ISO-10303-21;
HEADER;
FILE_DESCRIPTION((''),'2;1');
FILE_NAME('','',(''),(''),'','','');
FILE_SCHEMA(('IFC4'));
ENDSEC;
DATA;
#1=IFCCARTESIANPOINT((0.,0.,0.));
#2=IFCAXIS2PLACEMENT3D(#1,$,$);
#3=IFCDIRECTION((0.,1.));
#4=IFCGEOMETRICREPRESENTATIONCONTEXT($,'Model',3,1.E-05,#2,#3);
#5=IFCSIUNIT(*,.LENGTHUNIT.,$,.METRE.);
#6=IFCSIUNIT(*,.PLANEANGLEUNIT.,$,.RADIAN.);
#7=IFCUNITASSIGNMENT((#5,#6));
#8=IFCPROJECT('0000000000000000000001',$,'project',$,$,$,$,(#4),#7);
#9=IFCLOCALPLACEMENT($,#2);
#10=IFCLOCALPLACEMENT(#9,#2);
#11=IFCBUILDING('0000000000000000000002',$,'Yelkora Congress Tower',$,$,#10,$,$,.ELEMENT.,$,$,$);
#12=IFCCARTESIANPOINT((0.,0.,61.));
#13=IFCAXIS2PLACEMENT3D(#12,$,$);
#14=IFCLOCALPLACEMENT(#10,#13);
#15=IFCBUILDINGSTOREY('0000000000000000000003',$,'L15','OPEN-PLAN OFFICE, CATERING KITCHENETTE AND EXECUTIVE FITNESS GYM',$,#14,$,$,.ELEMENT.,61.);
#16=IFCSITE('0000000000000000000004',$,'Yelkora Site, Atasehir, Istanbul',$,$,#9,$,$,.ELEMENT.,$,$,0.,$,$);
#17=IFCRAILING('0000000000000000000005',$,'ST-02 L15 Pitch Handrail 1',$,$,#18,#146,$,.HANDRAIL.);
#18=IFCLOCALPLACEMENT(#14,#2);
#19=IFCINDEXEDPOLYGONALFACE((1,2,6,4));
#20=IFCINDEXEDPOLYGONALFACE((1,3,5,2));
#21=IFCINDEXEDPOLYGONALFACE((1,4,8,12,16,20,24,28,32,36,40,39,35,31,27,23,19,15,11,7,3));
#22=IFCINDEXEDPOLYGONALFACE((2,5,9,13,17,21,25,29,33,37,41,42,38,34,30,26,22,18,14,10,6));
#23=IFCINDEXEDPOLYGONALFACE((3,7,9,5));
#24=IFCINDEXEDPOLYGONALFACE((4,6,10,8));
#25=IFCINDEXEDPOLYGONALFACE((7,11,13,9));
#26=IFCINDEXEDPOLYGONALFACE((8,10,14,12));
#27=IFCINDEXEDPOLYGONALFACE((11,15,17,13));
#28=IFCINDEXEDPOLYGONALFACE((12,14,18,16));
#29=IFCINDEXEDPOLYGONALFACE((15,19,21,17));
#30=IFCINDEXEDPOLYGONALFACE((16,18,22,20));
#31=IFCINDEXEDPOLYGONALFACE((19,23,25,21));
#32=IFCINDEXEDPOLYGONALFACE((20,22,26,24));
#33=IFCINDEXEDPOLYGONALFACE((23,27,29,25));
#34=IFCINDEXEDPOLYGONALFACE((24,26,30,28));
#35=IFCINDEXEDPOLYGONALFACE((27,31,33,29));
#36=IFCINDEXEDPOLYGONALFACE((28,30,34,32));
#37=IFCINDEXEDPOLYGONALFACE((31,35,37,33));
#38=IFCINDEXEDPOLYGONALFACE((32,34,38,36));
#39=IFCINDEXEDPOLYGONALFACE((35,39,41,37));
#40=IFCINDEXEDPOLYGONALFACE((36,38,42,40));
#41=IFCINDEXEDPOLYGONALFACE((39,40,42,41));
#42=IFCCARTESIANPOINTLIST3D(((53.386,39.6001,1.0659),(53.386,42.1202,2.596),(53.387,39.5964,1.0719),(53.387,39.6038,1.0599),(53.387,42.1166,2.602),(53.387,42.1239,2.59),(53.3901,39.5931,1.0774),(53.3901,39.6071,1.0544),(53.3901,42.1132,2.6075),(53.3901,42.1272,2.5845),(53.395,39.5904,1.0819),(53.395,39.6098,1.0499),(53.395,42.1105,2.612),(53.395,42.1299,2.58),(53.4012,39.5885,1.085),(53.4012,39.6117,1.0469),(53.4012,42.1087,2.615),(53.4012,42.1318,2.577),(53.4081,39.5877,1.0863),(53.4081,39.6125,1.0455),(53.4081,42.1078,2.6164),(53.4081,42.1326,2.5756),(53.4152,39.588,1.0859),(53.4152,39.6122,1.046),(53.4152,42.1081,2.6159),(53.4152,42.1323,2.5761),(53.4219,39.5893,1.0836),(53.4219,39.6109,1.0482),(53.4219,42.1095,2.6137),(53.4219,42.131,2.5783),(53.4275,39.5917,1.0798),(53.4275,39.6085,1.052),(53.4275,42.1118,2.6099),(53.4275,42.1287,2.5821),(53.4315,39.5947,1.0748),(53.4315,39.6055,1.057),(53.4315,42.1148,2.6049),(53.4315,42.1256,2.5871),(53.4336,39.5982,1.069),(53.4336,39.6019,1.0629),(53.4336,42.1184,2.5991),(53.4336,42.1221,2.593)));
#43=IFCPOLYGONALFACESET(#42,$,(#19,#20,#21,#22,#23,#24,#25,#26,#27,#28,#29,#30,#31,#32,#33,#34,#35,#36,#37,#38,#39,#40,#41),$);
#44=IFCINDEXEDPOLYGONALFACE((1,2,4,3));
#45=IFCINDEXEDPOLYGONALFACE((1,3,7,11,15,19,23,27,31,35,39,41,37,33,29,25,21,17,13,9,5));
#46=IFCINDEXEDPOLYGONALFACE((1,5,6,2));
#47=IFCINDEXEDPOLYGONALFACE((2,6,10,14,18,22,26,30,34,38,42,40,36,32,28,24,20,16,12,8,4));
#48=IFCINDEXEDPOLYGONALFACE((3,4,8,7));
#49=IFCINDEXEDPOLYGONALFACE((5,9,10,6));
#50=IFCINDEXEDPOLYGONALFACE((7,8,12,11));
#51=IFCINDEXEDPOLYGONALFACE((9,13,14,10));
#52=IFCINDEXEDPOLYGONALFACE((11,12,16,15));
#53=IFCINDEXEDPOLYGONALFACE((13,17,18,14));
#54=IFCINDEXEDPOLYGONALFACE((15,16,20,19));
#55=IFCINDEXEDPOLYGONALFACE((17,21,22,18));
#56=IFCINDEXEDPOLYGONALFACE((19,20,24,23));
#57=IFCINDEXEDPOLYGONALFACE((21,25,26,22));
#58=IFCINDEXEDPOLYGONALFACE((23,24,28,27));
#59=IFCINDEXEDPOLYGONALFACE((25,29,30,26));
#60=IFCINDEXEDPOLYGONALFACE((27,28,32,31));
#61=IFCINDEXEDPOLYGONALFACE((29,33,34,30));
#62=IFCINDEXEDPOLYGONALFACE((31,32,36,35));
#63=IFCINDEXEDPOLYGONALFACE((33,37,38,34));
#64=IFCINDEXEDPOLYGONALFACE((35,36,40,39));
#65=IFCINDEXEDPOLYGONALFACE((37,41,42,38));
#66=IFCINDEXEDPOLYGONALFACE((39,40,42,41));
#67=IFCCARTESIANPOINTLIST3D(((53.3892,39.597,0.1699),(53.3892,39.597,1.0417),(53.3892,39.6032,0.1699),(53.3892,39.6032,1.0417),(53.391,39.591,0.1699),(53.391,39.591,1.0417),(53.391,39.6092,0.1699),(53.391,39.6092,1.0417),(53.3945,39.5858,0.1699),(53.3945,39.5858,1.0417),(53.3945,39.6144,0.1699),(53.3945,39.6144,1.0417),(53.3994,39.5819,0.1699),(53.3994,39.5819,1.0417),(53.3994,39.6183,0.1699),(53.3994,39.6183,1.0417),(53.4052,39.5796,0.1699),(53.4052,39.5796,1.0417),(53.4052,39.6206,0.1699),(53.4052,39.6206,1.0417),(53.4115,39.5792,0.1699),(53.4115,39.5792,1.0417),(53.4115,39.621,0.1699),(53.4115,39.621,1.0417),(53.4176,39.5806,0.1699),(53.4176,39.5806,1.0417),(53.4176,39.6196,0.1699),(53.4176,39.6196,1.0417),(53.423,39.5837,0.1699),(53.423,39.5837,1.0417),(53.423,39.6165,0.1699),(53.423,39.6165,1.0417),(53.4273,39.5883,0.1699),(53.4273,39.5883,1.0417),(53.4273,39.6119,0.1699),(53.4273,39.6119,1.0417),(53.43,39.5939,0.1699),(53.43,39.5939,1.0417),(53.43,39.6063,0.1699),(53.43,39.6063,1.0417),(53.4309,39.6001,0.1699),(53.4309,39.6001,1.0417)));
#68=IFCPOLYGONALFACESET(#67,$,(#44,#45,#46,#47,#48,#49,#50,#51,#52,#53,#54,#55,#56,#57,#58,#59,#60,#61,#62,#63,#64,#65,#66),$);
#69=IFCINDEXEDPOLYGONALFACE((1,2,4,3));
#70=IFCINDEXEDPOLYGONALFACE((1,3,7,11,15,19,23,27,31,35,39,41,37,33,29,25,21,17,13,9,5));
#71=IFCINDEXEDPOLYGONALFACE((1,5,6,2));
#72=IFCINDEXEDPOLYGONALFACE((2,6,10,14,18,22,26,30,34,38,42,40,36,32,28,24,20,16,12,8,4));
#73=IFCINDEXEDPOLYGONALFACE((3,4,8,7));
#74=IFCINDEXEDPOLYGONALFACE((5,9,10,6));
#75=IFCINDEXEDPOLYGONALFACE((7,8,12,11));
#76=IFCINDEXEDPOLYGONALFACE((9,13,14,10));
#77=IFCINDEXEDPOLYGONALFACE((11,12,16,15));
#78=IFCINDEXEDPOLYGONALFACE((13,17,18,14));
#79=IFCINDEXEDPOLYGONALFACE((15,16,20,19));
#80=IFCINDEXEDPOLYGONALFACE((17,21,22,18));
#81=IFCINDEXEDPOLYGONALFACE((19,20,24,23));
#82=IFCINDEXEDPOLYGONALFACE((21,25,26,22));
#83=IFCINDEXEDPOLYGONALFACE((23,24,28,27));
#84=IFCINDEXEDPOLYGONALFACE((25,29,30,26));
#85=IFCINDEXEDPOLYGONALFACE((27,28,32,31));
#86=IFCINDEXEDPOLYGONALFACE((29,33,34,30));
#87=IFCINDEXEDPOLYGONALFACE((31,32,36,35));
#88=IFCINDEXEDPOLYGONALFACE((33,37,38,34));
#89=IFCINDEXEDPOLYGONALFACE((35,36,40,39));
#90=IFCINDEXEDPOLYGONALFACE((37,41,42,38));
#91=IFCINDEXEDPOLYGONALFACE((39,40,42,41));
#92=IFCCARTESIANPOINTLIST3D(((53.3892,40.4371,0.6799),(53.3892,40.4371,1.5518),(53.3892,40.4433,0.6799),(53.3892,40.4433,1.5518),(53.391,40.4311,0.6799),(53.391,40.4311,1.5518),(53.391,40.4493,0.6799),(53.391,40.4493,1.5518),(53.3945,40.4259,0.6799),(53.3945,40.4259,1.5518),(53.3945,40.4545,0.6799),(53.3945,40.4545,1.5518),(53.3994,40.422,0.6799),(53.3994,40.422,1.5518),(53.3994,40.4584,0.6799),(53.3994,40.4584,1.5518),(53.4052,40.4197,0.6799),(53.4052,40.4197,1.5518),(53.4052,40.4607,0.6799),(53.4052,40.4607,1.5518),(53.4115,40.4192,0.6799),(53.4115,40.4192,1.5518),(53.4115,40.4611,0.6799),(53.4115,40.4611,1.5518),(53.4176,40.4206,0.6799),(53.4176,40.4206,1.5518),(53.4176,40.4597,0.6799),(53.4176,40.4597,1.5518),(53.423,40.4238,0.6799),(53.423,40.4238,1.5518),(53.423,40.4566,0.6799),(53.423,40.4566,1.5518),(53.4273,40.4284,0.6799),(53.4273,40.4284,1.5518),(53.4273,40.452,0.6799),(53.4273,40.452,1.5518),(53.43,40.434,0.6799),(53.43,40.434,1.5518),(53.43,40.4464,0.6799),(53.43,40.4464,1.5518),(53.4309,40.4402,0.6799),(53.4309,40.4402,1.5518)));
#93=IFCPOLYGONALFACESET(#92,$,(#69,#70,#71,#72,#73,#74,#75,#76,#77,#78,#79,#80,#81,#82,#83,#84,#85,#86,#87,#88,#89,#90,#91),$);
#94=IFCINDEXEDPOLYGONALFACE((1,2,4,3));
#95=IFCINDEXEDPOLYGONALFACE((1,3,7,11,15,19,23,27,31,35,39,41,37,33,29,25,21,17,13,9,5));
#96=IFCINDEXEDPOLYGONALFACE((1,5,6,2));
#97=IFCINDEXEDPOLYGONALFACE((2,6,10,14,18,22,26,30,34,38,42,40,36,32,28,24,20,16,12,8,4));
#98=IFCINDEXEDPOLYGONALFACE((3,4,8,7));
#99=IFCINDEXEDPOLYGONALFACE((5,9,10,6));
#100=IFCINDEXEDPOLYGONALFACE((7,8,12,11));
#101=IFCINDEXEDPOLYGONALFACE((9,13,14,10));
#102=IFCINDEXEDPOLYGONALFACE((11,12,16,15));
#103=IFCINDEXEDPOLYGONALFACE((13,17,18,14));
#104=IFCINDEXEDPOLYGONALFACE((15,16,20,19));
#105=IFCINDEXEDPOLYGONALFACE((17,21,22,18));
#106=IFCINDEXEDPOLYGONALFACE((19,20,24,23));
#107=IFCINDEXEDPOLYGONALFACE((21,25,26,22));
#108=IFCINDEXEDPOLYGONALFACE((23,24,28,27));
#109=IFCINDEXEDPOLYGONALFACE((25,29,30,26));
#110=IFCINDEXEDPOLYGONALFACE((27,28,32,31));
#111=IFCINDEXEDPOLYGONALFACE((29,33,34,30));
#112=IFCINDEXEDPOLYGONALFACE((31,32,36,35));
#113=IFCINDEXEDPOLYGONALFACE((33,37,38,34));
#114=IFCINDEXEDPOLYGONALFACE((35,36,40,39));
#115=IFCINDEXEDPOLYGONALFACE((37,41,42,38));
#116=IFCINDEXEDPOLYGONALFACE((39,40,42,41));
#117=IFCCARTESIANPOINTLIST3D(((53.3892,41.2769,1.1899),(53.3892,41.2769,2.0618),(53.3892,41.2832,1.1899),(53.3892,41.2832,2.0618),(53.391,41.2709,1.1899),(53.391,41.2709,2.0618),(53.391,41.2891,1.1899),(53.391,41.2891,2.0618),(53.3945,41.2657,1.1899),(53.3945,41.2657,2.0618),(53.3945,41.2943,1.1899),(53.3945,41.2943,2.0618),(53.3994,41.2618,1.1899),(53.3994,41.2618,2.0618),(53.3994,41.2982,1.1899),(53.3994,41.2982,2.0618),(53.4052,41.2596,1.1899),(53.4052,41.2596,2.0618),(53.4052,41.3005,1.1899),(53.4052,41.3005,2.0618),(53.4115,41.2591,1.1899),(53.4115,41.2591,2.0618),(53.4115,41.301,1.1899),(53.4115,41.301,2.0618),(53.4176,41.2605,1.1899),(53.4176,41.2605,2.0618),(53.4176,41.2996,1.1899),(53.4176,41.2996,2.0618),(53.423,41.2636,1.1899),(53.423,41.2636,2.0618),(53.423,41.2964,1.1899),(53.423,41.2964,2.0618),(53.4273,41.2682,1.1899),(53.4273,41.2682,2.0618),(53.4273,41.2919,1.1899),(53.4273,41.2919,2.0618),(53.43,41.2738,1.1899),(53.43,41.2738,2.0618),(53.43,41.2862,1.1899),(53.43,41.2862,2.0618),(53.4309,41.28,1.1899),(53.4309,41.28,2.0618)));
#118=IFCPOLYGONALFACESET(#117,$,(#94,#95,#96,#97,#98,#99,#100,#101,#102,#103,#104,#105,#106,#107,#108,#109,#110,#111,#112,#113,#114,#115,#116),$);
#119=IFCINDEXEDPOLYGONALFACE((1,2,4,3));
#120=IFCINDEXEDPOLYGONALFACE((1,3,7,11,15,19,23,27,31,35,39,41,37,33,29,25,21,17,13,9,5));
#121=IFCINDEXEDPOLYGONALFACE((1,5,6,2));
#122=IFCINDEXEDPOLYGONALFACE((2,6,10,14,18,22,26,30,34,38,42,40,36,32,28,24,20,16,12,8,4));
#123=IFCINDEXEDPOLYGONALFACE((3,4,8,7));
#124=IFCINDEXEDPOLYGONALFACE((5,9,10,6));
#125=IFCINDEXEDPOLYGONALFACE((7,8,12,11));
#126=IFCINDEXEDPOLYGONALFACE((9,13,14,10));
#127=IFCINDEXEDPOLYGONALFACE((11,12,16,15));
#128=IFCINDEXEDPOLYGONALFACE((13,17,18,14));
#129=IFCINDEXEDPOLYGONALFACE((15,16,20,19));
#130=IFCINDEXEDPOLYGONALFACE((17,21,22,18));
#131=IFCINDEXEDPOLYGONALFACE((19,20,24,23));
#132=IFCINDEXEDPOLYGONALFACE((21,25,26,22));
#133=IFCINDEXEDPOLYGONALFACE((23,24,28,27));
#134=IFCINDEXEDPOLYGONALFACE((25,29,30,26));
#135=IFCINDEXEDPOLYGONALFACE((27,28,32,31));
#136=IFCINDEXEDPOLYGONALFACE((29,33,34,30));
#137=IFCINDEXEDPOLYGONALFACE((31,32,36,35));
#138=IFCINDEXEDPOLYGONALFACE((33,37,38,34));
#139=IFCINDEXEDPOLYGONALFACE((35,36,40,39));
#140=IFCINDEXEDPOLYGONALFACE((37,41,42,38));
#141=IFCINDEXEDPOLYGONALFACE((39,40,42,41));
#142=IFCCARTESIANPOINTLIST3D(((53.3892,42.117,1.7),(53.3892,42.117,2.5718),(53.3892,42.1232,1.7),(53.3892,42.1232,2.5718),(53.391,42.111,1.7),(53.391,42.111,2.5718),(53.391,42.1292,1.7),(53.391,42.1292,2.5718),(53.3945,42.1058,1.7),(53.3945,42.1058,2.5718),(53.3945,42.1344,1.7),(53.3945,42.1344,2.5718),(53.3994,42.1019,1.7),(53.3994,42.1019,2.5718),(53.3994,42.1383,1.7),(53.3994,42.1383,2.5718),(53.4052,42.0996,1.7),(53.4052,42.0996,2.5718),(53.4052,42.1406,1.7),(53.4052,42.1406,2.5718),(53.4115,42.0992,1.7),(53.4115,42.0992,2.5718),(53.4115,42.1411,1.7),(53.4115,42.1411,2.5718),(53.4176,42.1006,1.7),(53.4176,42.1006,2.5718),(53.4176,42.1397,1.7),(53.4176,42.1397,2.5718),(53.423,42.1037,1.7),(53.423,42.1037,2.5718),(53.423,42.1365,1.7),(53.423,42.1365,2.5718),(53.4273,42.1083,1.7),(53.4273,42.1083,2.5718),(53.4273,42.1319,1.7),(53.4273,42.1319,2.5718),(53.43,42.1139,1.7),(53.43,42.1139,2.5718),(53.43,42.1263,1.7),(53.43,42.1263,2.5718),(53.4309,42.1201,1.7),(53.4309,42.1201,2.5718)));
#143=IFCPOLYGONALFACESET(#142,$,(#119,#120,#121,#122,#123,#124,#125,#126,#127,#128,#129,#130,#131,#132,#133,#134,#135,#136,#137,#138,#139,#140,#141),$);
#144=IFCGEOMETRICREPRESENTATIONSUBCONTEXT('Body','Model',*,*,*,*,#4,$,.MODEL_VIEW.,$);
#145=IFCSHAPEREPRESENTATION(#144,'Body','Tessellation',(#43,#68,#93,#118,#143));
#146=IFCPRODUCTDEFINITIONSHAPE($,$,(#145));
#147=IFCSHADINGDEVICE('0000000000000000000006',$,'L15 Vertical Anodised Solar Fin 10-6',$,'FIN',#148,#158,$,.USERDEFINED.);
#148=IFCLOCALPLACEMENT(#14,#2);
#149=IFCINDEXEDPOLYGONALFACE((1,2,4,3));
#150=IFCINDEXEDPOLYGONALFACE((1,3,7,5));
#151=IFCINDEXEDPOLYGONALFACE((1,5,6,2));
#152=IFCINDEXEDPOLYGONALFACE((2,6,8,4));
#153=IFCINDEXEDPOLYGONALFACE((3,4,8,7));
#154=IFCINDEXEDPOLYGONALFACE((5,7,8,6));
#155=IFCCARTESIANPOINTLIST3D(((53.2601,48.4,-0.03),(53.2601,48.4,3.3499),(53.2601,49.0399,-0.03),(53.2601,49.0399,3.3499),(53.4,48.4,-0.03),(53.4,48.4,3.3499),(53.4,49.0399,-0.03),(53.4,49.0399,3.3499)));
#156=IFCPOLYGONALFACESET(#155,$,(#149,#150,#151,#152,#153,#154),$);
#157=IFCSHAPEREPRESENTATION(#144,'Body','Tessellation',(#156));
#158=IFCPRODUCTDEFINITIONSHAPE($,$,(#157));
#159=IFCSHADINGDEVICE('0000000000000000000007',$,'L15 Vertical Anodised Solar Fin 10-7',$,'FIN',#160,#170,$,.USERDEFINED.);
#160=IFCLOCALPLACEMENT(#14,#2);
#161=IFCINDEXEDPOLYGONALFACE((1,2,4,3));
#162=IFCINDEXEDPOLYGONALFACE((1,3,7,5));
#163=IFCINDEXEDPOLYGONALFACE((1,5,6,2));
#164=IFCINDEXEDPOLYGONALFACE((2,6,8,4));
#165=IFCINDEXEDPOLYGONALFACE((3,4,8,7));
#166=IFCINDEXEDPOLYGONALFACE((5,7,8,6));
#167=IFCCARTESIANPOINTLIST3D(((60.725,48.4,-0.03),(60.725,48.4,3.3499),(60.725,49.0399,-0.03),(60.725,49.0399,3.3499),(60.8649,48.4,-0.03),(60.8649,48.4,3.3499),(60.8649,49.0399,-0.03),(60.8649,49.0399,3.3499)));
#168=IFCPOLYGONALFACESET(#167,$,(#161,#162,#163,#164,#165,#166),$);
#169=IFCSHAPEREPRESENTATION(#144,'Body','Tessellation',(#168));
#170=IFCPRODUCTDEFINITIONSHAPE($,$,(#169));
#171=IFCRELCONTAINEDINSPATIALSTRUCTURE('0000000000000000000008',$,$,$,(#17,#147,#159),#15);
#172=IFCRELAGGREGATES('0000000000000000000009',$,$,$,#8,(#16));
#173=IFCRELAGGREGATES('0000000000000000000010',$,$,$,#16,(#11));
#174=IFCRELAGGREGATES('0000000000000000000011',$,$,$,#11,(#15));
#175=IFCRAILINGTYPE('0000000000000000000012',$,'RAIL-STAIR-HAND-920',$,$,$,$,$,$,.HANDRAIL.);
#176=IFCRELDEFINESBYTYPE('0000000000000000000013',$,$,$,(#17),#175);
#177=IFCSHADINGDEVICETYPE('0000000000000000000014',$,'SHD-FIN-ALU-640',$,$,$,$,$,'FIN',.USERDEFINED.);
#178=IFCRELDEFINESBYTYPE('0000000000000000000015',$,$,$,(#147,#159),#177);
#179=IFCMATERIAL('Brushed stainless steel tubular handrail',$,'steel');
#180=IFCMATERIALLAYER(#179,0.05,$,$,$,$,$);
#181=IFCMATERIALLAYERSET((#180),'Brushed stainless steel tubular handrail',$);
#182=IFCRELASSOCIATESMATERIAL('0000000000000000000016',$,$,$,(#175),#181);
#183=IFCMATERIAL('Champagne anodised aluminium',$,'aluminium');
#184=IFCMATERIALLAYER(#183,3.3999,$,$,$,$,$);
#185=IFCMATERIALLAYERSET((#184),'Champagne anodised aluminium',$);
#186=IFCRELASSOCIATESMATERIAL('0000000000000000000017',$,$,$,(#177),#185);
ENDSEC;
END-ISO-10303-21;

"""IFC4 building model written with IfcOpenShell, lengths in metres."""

from ifc_helpers import new_model, si_unit, direction, frame, origin, origin_2d, place, context, subcontext, project, spatial, rectangle, circle, extrude, material, layer, layer_set, type_object, element, save


model = new_model("IFC4")

# Units and contexts
model_context = context("Model", 3, precision=1e-05, world=origin(), true_north=direction((0.0, 1.0)))
body_context = subcontext(model_context, "Body", "Model", "MODEL_VIEW")
ifc_project = project(units=[si_unit("LENGTHUNIT", "METRE"), si_unit("PLANEANGLEUNIT", "RADIAN")], contexts=[model_context])

# Site, building, storey
site_placement = place(None, origin())
site = spatial("IfcSite", under=ifc_project, at=site_placement, Name="Yelkora Site, Atasehir, Istanbul", CompositionType="ELEMENT", RefElevation=0.0)
building_placement = place(site_placement, origin())
building = spatial("IfcBuilding", under=site, at=building_placement, Name="Yelkora Congress Tower", CompositionType="ELEMENT")
storey_placement = place(building_placement, frame((0.0, 0.0, 61.0)))
storey = spatial("IfcBuildingStorey", under=building, at=storey_placement, Name="L15", Description="OPEN-PLAN OFFICE, CATERING KITCHENETTE AND EXECUTIVE FITNESS GYM", CompositionType="ELEMENT", Elevation=61.0)

# Railing
ifc_material_1 = material(Name="Brushed stainless steel tubular handrail", Category="steel")
ifc_layer_1 = layer(ifc_material_1, 0.05)
ifc_layer_set_1 = layer_set([ifc_layer_1], Name="Brushed stainless steel tubular handrail")
railing_type_1 = type_object("IfcRailingType", Name="RAIL-STAIR-HAND-920", PredefinedType="HANDRAIL", material=ifc_layer_set_1)
railing_1_placement = place(storey_placement, frame((53.4099, 39.6001, 0.1699)))
element("IfcRailing", 1, at=railing_1_placement, inside=storey, type_object=railing_type_1, Name="ST-02 L15 Pitch Handrail 1", PredefinedType="HANDRAIL", context=body_context, shape_type="SweptSolid", body=[
    extrude(circle(Radius=0.0239, at=origin_2d()), frame((0.0, 0.0, 0.896), z_axis=(0.0, 0.854785, 0.518982), x_axis=(-1.0, 0.0, 0.0)), (0.0, 0.0, 1.0), 2.9482),
    extrude(circle(Radius=0.021, at=origin_2d()), origin(), (0.0, 0.0, 1.0), 0.8718),
    extrude(circle(Radius=0.021, at=origin_2d()), frame((0.0, 0.8401, 0.51)), (0.0, 0.0, 1.0), 0.8718),
    extrude(circle(Radius=0.021, at=origin_2d()), frame((0.0, 1.6799, 1.02)), (0.0, 0.0, 1.0), 0.8718),
    extrude(circle(Radius=0.021, at=origin_2d()), frame((0.0, 2.52, 1.53)), (0.0, 0.0, 1.0), 0.8718),
])

# Shading devices
ifc_material_2 = material(Name="Champagne anodised aluminium", Category="aluminium")
ifc_layer_2 = layer(ifc_material_2, 3.3999)
ifc_layer_set_2 = layer_set([ifc_layer_2], Name="Champagne anodised aluminium")
shading_device_type = type_object("IfcShadingDeviceType", Name="SHD-FIN-ALU-640", ElementType="FIN", PredefinedType="USERDEFINED", material=ifc_layer_set_2)
for number, where, z_axis, x_axis, name in (
    (2, (53.3301, 48.72, -0.03), (0.0, 0.0, 1.0), (1.0, 0.0, 0.0), "L15 Vertical Anodised Solar Fin 10-6"),
    (3, (60.7949, 48.72, -0.03), (0.0, 0.0, 1.0), (1.0, 0.0, 0.0), "L15 Vertical Anodised Solar Fin 10-7"),
):
    element("IfcShadingDevice", number, at=place(storey_placement, frame(where, z_axis=z_axis, x_axis=x_axis)), inside=storey, type_object=shading_device_type, Name=name, ObjectType="FIN", PredefinedType="USERDEFINED", context=body_context, shape_type="SweptSolid", body=[
        extrude(rectangle(XDim=0.1399, YDim=0.6399, at=origin_2d()), origin(), (0.0, 0.0, 1.0), 3.3799),
    ])

save(model, "model.ifc")
